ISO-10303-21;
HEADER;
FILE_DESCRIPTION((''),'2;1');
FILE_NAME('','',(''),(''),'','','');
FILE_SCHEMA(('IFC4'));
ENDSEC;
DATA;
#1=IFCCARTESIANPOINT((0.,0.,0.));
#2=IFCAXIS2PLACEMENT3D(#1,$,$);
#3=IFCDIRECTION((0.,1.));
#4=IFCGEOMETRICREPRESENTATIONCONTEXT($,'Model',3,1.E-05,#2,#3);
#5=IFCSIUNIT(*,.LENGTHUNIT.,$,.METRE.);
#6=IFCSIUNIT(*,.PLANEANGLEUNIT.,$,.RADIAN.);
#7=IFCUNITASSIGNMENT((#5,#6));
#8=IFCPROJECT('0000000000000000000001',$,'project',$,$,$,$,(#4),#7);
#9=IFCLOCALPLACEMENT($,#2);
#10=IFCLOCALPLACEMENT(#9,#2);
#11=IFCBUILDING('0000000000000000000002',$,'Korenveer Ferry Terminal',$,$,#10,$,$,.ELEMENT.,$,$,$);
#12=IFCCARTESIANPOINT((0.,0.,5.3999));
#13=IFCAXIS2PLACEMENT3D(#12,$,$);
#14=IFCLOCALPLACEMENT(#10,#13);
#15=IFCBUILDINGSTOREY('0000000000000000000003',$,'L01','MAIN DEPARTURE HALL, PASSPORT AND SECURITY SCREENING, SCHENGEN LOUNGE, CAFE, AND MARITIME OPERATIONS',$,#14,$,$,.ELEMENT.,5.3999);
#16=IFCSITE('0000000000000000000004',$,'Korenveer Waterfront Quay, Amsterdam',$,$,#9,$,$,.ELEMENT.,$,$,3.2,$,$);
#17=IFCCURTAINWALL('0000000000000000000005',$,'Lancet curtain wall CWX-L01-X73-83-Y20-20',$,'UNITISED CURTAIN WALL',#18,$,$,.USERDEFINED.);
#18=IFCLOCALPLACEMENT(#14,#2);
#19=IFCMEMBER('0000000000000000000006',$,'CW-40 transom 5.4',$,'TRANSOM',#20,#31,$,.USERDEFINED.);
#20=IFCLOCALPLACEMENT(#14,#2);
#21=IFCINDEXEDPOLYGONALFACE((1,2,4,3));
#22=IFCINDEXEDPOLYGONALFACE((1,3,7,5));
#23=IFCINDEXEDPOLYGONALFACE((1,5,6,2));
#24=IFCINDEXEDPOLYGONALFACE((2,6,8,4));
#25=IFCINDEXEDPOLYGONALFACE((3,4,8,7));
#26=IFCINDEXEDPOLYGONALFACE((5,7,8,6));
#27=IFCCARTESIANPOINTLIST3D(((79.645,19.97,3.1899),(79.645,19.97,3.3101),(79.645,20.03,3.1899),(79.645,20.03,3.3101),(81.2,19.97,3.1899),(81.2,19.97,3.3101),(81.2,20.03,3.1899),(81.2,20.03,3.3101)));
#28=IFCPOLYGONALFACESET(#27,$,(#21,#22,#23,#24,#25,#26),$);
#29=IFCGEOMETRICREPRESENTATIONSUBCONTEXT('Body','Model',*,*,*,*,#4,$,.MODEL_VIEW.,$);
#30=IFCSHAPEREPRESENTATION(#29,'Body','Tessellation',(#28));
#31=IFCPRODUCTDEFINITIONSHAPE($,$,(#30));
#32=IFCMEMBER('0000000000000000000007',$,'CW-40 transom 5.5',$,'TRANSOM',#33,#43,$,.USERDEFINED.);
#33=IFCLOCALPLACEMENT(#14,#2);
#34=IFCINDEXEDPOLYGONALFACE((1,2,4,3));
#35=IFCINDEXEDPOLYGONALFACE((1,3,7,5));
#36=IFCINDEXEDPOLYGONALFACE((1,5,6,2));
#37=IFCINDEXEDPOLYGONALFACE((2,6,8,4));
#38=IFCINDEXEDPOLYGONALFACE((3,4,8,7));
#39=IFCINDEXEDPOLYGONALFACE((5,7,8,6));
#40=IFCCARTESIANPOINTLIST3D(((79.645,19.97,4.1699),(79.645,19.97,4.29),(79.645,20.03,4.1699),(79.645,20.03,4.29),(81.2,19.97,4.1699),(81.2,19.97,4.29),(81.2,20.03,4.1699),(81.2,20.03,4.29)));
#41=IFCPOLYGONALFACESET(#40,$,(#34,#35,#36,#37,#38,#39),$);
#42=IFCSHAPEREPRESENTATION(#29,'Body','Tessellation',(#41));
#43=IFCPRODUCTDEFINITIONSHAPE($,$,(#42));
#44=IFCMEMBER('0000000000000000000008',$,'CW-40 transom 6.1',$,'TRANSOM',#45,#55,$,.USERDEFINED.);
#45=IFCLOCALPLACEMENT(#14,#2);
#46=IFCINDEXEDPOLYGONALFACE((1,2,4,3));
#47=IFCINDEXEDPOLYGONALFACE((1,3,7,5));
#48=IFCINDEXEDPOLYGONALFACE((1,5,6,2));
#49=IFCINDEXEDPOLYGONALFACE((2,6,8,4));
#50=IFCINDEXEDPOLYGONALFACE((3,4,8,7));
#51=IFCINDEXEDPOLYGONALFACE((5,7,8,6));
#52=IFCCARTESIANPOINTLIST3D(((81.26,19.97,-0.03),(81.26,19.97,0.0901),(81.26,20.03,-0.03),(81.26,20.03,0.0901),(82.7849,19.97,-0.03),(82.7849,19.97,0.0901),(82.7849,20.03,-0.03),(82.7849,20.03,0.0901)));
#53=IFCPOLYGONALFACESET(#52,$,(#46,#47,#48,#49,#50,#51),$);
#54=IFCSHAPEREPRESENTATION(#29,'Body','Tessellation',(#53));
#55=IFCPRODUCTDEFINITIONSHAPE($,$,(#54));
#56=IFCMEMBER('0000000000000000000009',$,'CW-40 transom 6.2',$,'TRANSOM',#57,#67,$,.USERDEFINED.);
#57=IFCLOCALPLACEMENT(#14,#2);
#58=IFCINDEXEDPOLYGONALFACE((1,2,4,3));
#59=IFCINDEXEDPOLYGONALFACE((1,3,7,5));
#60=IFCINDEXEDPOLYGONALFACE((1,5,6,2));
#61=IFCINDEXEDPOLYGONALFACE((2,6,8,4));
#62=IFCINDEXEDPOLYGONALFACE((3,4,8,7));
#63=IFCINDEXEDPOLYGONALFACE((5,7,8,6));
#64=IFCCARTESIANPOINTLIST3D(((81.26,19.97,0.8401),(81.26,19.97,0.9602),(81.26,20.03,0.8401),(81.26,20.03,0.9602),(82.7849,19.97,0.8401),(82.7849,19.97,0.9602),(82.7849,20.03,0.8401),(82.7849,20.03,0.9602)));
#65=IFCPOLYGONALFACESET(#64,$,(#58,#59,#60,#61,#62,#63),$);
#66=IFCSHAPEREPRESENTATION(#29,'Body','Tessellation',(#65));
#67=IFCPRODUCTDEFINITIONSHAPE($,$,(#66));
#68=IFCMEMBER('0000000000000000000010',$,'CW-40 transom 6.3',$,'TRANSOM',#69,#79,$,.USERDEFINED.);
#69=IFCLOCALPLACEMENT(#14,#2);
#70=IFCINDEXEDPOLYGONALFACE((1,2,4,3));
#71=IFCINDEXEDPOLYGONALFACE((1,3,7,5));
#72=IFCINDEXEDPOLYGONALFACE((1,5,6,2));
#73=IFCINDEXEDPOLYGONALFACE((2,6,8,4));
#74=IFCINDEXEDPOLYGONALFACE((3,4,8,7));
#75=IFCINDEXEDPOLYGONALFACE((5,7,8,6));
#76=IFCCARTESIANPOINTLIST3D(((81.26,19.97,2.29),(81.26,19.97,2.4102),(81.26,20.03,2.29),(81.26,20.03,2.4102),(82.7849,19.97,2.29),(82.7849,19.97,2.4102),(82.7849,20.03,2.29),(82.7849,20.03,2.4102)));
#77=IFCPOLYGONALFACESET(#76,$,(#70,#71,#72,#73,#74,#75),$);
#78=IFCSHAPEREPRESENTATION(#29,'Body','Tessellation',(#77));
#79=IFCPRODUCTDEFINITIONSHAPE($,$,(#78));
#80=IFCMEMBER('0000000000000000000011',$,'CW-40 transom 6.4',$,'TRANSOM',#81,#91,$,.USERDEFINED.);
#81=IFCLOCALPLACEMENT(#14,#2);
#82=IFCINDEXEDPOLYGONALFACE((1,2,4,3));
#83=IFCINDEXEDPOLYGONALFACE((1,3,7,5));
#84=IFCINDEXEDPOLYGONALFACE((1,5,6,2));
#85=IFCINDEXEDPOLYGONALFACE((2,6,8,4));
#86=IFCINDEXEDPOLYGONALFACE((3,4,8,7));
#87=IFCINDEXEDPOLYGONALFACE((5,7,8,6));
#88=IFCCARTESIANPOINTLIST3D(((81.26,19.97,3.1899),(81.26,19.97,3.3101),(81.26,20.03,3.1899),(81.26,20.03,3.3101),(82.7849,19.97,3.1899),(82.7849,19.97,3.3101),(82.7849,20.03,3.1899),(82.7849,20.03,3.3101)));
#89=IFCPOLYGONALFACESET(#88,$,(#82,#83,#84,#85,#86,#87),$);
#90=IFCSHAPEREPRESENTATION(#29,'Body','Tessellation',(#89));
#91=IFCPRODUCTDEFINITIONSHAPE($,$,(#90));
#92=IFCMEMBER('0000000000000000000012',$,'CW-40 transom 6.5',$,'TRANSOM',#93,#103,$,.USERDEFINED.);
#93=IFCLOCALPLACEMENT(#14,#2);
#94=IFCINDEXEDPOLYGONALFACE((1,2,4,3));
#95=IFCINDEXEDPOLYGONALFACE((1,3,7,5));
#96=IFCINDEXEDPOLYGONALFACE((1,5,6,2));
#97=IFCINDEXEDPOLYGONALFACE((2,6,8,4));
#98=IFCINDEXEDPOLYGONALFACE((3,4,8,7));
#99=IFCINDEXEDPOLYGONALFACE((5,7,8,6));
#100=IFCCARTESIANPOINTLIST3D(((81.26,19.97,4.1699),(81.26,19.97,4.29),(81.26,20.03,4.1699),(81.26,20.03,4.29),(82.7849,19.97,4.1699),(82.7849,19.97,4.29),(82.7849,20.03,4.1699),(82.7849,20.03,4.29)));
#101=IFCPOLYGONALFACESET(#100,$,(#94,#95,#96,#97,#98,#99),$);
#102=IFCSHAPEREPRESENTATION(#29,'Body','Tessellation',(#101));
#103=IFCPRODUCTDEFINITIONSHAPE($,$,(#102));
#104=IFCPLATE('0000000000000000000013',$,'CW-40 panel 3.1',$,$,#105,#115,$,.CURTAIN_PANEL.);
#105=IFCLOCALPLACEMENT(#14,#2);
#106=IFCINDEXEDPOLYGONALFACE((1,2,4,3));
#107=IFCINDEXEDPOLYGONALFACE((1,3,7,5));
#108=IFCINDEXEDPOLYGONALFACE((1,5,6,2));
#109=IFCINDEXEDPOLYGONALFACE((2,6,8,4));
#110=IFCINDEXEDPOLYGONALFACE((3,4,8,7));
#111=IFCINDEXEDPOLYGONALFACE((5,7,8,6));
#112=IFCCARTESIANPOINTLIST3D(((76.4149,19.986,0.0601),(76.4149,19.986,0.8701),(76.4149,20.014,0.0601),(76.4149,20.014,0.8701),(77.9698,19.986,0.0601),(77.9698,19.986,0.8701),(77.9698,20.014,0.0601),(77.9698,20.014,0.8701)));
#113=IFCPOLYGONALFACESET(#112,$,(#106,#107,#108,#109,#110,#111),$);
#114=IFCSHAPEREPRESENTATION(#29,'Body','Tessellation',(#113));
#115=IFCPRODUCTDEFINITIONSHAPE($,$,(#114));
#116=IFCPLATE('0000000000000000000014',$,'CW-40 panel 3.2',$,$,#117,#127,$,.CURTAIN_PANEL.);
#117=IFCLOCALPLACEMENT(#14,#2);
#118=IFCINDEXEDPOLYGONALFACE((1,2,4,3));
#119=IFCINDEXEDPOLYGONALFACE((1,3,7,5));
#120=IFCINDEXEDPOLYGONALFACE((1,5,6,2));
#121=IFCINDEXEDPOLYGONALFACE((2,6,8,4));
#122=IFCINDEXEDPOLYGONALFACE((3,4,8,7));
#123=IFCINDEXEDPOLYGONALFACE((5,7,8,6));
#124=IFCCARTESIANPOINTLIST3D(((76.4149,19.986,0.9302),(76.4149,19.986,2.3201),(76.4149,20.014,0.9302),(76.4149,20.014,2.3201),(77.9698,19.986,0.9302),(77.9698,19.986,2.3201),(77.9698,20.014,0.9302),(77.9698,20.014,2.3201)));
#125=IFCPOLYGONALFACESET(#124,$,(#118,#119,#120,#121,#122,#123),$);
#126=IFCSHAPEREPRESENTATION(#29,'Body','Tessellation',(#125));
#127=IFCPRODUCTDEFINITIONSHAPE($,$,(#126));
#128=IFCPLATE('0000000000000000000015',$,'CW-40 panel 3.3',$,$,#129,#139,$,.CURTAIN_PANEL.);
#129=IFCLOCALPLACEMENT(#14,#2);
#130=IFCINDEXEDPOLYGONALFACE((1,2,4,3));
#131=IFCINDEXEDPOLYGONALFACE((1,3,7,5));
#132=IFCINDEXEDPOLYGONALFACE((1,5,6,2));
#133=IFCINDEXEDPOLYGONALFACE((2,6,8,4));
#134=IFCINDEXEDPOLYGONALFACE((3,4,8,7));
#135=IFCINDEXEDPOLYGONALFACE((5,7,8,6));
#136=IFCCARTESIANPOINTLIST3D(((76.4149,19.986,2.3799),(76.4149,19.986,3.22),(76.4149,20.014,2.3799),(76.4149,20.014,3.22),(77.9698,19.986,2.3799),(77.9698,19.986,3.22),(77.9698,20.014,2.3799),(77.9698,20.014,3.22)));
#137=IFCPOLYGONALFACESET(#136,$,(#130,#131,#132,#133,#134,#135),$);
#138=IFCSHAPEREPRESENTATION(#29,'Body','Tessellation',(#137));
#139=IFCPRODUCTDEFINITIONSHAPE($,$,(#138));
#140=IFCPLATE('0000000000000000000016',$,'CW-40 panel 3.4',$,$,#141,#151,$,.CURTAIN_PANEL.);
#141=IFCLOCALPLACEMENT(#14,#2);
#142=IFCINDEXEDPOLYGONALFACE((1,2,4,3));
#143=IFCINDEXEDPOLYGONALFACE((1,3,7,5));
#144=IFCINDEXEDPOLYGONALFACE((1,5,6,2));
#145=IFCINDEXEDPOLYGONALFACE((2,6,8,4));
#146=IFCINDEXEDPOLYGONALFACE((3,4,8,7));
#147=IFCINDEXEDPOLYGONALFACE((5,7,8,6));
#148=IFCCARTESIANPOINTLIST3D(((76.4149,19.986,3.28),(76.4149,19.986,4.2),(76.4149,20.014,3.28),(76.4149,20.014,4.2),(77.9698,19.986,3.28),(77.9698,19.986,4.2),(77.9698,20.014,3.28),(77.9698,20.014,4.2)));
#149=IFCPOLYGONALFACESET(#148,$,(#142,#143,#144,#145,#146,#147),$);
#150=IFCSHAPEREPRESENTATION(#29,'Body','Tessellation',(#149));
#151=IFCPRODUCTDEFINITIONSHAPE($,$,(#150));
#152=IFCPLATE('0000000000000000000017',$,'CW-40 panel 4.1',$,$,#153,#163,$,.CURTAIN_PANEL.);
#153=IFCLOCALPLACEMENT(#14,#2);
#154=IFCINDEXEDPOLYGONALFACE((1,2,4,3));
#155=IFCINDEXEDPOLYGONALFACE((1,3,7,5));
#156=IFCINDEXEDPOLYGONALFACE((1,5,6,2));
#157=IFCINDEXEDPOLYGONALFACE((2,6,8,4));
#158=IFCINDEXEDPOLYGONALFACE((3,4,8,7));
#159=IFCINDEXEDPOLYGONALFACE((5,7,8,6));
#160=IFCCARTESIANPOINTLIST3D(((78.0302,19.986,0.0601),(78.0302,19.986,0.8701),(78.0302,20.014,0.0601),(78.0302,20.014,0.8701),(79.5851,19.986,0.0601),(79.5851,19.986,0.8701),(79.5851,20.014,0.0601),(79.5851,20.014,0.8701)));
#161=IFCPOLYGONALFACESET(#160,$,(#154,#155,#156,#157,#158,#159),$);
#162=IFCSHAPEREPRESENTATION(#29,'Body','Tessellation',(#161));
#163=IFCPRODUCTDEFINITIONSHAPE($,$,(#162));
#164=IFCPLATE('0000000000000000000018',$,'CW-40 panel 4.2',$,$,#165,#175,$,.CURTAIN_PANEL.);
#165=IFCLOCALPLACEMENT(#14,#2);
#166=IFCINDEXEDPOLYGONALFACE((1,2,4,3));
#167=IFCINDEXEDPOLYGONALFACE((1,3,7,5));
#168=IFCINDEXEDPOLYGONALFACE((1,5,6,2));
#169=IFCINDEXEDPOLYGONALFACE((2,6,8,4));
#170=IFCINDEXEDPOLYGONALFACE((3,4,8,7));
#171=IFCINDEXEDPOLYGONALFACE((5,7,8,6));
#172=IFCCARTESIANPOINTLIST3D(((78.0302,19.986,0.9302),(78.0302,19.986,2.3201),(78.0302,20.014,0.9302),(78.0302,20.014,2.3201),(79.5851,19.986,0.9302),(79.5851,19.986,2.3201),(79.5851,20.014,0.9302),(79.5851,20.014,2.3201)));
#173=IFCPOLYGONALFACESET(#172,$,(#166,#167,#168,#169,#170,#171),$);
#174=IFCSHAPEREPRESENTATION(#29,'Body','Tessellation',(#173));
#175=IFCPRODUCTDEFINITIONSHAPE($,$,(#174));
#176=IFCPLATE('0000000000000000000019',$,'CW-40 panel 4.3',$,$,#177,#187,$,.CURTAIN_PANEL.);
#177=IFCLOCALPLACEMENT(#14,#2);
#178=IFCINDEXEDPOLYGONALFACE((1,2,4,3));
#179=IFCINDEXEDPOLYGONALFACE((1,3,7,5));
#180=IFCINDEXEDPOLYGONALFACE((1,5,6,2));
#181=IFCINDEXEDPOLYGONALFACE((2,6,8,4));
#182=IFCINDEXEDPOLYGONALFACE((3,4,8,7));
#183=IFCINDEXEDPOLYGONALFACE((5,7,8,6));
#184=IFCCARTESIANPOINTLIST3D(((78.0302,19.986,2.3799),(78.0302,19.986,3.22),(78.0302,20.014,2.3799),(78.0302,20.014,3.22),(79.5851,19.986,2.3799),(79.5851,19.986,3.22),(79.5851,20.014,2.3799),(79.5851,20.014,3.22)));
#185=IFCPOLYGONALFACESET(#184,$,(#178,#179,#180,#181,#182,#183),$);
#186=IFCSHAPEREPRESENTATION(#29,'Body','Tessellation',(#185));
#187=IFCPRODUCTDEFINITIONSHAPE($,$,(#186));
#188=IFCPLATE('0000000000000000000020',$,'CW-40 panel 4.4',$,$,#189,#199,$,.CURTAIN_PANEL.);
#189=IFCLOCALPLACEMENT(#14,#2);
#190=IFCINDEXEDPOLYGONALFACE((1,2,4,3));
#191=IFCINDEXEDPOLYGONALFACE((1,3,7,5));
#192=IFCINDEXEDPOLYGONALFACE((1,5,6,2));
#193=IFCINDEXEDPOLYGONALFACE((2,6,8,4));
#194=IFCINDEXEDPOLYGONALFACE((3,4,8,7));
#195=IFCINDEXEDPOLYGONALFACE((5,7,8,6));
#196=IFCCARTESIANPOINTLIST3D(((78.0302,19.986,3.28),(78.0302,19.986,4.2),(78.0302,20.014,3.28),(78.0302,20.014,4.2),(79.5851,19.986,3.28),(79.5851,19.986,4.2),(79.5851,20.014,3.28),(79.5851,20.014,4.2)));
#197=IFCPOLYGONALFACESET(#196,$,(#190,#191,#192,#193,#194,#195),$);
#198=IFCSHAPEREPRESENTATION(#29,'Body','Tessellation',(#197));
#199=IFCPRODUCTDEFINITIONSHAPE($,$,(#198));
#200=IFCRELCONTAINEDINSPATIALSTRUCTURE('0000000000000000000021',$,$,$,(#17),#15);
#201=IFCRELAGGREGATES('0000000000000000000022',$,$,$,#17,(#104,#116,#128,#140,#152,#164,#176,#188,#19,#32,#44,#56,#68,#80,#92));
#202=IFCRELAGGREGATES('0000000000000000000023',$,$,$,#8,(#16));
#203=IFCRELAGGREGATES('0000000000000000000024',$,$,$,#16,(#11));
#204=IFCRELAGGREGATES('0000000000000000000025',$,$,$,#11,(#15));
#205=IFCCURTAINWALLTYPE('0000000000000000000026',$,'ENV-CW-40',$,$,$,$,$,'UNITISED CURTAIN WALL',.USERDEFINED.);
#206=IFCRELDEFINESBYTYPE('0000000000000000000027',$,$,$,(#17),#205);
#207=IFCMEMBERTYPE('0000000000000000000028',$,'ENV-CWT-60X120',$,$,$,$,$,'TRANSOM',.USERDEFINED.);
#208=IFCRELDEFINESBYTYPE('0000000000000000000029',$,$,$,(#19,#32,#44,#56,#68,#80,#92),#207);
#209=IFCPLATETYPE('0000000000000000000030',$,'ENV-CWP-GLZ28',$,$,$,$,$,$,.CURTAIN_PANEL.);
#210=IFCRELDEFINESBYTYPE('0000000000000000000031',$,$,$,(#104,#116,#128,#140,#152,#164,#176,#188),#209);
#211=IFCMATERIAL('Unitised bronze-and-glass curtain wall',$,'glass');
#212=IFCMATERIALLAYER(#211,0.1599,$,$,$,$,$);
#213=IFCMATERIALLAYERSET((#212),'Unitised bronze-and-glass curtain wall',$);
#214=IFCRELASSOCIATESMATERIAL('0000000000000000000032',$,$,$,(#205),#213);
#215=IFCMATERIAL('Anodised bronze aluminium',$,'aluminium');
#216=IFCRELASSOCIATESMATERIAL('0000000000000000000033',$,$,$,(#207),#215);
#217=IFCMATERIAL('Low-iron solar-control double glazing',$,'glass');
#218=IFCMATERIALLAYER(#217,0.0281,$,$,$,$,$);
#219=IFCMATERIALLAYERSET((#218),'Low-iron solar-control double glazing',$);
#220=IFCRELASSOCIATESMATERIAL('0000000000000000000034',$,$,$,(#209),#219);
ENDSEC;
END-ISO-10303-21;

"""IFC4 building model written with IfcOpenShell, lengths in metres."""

from ifc_helpers import new_model, si_unit, direction, frame, origin, origin_2d, place, context, subcontext, project, spatial, rectangle, extrude, material, layer, layer_set, material_profile, profile_set, type_object, element, aggregate, save


model = new_model("IFC4")

# Units and contexts
model_context = context("Model", 3, precision=1e-05, world=origin(), true_north=direction((0.0, 1.0)))
body_context = subcontext(model_context, "Body", "Model", "MODEL_VIEW")
ifc_project = project(units=[si_unit("LENGTHUNIT", "METRE"), si_unit("PLANEANGLEUNIT", "RADIAN")], contexts=[model_context])

# Site, building, storey
site_placement = place(None, origin())
site = spatial("IfcSite", under=ifc_project, at=site_placement, Name="Korenveer Waterfront Quay, Amsterdam", CompositionType="ELEMENT", RefElevation=3.2)
building_placement = place(site_placement, origin())
building = spatial("IfcBuilding", under=site, at=building_placement, Name="Korenveer Ferry Terminal", CompositionType="ELEMENT")
storey_placement = place(building_placement, frame((0.0, 0.0, 5.3999)))
storey = spatial("IfcBuildingStorey", under=building, at=storey_placement, Name="L01", Description="MAIN DEPARTURE HALL, PASSPORT AND SECURITY SCREENING, SCHENGEN LOUNGE, CAFE, AND MARITIME OPERATIONS", CompositionType="ELEMENT", Elevation=5.3999)

# Curtain wall, members, plates
ifc_material_1 = material(Name="Unitised bronze-and-glass curtain wall", Category="glass")
ifc_layer_1 = layer(ifc_material_1, 0.1599)
ifc_layer_set_1 = layer_set([ifc_layer_1], Name="Unitised bronze-and-glass curtain wall")
curtain_wall_type = type_object("IfcCurtainWallType", Name="ENV-CW-40", ElementType="UNITISED CURTAIN WALL", PredefinedType="USERDEFINED", material=ifc_layer_set_1)
curtain_wall_placement = place(storey_placement, frame((73.155, 20.0, 0.0)))
curtain_wall = element("IfcCurtainWall", 1, at=curtain_wall_placement, inside=storey, type_object=curtain_wall_type, Name="Lancet curtain wall CWX-L01-X73-83-Y20-20", ObjectType="UNITISED CURTAIN WALL", PredefinedType="USERDEFINED")
ifc_material_2 = material(Name="Anodised bronze aluminium", Category="aluminium")
ifc_material_profile_1 = material_profile(ifc_material_2, rectangle(XDim=0.0601, YDim=0.1201, at=origin_2d()), Name="ALU 60x120")
ifc_profile_set_1 = profile_set([ifc_material_profile_1], Name="Anodised bronze aluminium")
member_type_1 = type_object("IfcMemberType", Name="ENV-CWT-60X120", ElementType="TRANSOM", PredefinedType="USERDEFINED", material=ifc_profile_set_1)
member_1_placement = place(storey_placement, frame((79.645, 20.0, 3.25), z_axis=(1.0, 0.0, 0.0), x_axis=(0.0, 1.0, 0.0)))
member_1 = element("IfcMember", 2, at=member_1_placement, type_object=member_type_1, Name="CW-40 transom 5.4", ObjectType="TRANSOM", PredefinedType="USERDEFINED", context=body_context, shape_type="SweptSolid", body=[
    extrude(rectangle(XDim=0.0601, YDim=0.1201, at=origin_2d()), origin(), (0.0, 0.0, 1.0), 1.5549),
])
member_2_placement = place(storey_placement, frame((79.645, 20.0, 4.23), z_axis=(1.0, 0.0, 0.0), x_axis=(0.0, 1.0, 0.0)))
member_2 = element("IfcMember", 3, at=member_2_placement, type_object=member_type_1, Name="CW-40 transom 5.5", ObjectType="TRANSOM", PredefinedType="USERDEFINED", context=body_context, shape_type="SweptSolid", body=[
    extrude(rectangle(XDim=0.0601, YDim=0.1201, at=origin_2d()), origin(), (0.0, 0.0, 1.0), 1.5549),
])
member_3_placement = place(storey_placement, frame((81.26, 20.0, 0.03), z_axis=(1.0, 0.0, 0.0), x_axis=(0.0, 1.0, 0.0)))
member_3 = element("IfcMember", 4, at=member_3_placement, type_object=member_type_1, Name="CW-40 transom 6.1", ObjectType="TRANSOM", PredefinedType="USERDEFINED", context=body_context, shape_type="SweptSolid", body=[
    extrude(rectangle(XDim=0.0601, YDim=0.1201, at=origin_2d()), origin(), (0.0, 0.0, 1.0), 1.5249),
])
member_4_placement = place(storey_placement, frame((81.26, 20.0, 0.9001), z_axis=(1.0, 0.0, 0.0), x_axis=(0.0, 1.0, 0.0)))
member_4 = element("IfcMember", 5, at=member_4_placement, type_object=member_type_1, Name="CW-40 transom 6.2", ObjectType="TRANSOM", PredefinedType="USERDEFINED", context=body_context, shape_type="SweptSolid", body=[
    extrude(rectangle(XDim=0.0601, YDim=0.1201, at=origin_2d()), origin(), (0.0, 0.0, 1.0), 1.5249),
])
member_5_placement = place(storey_placement, frame((81.26, 20.0, 2.3501), z_axis=(1.0, 0.0, 0.0), x_axis=(0.0, 1.0, 0.0)))
member_5 = element("IfcMember", 6, at=member_5_placement, type_object=member_type_1, Name="CW-40 transom 6.3", ObjectType="TRANSOM", PredefinedType="USERDEFINED", context=body_context, shape_type="SweptSolid", body=[
    extrude(rectangle(XDim=0.0601, YDim=0.1201, at=origin_2d()), origin(), (0.0, 0.0, 1.0), 1.5249),
])
member_6_placement = place(storey_placement, frame((81.26, 20.0, 3.25), z_axis=(1.0, 0.0, 0.0), x_axis=(0.0, 1.0, 0.0)))
member_6 = element("IfcMember", 7, at=member_6_placement, type_object=member_type_1, Name="CW-40 transom 6.4", ObjectType="TRANSOM", PredefinedType="USERDEFINED", context=body_context, shape_type="SweptSolid", body=[
    extrude(rectangle(XDim=0.0601, YDim=0.1201, at=origin_2d()), origin(), (0.0, 0.0, 1.0), 1.5249),
])
member_7_placement = place(storey_placement, frame((81.26, 20.0, 4.23), z_axis=(1.0, 0.0, 0.0), x_axis=(0.0, 1.0, 0.0)))
member_7 = element("IfcMember", 8, at=member_7_placement, type_object=member_type_1, Name="CW-40 transom 6.5", ObjectType="TRANSOM", PredefinedType="USERDEFINED", context=body_context, shape_type="SweptSolid", body=[
    extrude(rectangle(XDim=0.0601, YDim=0.1201, at=origin_2d()), origin(), (0.0, 0.0, 1.0), 1.5249),
])
ifc_material_3 = material(Name="Low-iron solar-control double glazing", Category="glass")
ifc_layer_2 = layer(ifc_material_3, 0.0281)
ifc_layer_set_2 = layer_set([ifc_layer_2], Name="Low-iron solar-control double glazing")
plate_type = type_object("IfcPlateType", Name="ENV-CWP-GLZ28", PredefinedType="CURTAIN_PANEL", material=ifc_layer_set_2)
plate_1_placement = place(storey_placement, frame((77.1924, 20.0, 0.0601), z_axis=(0.0, 0.0, 1.0), x_axis=(1.0, 0.0, 0.0)))
plate_1 = element("IfcPlate", 9, at=plate_1_placement, type_object=plate_type, Name="CW-40 panel 3.1", PredefinedType="CURTAIN_PANEL", context=body_context, shape_type="SweptSolid", body=[
    extrude(rectangle(XDim=1.5549, YDim=0.0281, at=origin_2d()), origin(), (0.0, 0.0, 1.0), 0.8101),
])
plate_2_placement = place(storey_placement, frame((77.1924, 20.0, 0.9302), z_axis=(0.0, 0.0, 1.0), x_axis=(1.0, 0.0, 0.0)))
plate_2 = element("IfcPlate", 10, at=plate_2_placement, type_object=plate_type, Name="CW-40 panel 3.2", PredefinedType="CURTAIN_PANEL", context=body_context, shape_type="SweptSolid", body=[
    extrude(rectangle(XDim=1.5549, YDim=0.0281, at=origin_2d()), origin(), (0.0, 0.0, 1.0), 1.3899),
])
plate_3_placement = place(storey_placement, frame((77.1924, 20.0, 2.3799), z_axis=(0.0, 0.0, 1.0), x_axis=(1.0, 0.0, 0.0)))
plate_3 = element("IfcPlate", 11, at=plate_3_placement, type_object=plate_type, Name="CW-40 panel 3.3", PredefinedType="CURTAIN_PANEL", context=body_context, shape_type="SweptSolid", body=[
    extrude(rectangle(XDim=1.5549, YDim=0.0281, at=origin_2d()), origin(), (0.0, 0.0, 1.0), 0.8401),
])
plate_4_placement = place(storey_placement, frame((77.1924, 20.0, 3.28), z_axis=(0.0, 0.0, 1.0), x_axis=(1.0, 0.0, 0.0)))
plate_4 = element("IfcPlate", 12, at=plate_4_placement, type_object=plate_type, Name="CW-40 panel 3.4", PredefinedType="CURTAIN_PANEL", context=body_context, shape_type="SweptSolid", body=[
    extrude(rectangle(XDim=1.5549, YDim=0.0281, at=origin_2d()), origin(), (0.0, 0.0, 1.0), 0.9199),
])
plate_5_placement = place(storey_placement, frame((78.8076, 20.0, 0.0601), z_axis=(0.0, 0.0, 1.0), x_axis=(1.0, 0.0, 0.0)))
plate_5 = element("IfcPlate", 13, at=plate_5_placement, type_object=plate_type, Name="CW-40 panel 4.1", PredefinedType="CURTAIN_PANEL", context=body_context, shape_type="SweptSolid", body=[
    extrude(rectangle(XDim=1.5549, YDim=0.0281, at=origin_2d()), origin(), (0.0, 0.0, 1.0), 0.8101),
])
plate_6_placement = place(storey_placement, frame((78.8076, 20.0, 0.9302), z_axis=(0.0, 0.0, 1.0), x_axis=(1.0, 0.0, 0.0)))
plate_6 = element("IfcPlate", 14, at=plate_6_placement, type_object=plate_type, Name="CW-40 panel 4.2", PredefinedType="CURTAIN_PANEL", context=body_context, shape_type="SweptSolid", body=[
    extrude(rectangle(XDim=1.5549, YDim=0.0281, at=origin_2d()), origin(), (0.0, 0.0, 1.0), 1.3899),
])
plate_7_placement = place(storey_placement, frame((78.8076, 20.0, 2.3799), z_axis=(0.0, 0.0, 1.0), x_axis=(1.0, 0.0, 0.0)))
plate_7 = element("IfcPlate", 15, at=plate_7_placement, type_object=plate_type, Name="CW-40 panel 4.3", PredefinedType="CURTAIN_PANEL", context=body_context, shape_type="SweptSolid", body=[
    extrude(rectangle(XDim=1.5549, YDim=0.0281, at=origin_2d()), origin(), (0.0, 0.0, 1.0), 0.8401),
])
plate_8_placement = place(storey_placement, frame((78.8076, 20.0, 3.28), z_axis=(0.0, 0.0, 1.0), x_axis=(1.0, 0.0, 0.0)))
plate_8 = element("IfcPlate", 16, at=plate_8_placement, type_object=plate_type, Name="CW-40 panel 4.4", PredefinedType="CURTAIN_PANEL", context=body_context, shape_type="SweptSolid", body=[
    extrude(rectangle(XDim=1.5549, YDim=0.0281, at=origin_2d()), origin(), (0.0, 0.0, 1.0), 0.9199),
])
aggregate(curtain_wall, [plate_1, plate_2, plate_3, plate_4, plate_5, plate_6, plate_7, plate_8, member_1, member_2, member_3, member_4, member_5, member_6, member_7])

save(model, "model.ifc")
